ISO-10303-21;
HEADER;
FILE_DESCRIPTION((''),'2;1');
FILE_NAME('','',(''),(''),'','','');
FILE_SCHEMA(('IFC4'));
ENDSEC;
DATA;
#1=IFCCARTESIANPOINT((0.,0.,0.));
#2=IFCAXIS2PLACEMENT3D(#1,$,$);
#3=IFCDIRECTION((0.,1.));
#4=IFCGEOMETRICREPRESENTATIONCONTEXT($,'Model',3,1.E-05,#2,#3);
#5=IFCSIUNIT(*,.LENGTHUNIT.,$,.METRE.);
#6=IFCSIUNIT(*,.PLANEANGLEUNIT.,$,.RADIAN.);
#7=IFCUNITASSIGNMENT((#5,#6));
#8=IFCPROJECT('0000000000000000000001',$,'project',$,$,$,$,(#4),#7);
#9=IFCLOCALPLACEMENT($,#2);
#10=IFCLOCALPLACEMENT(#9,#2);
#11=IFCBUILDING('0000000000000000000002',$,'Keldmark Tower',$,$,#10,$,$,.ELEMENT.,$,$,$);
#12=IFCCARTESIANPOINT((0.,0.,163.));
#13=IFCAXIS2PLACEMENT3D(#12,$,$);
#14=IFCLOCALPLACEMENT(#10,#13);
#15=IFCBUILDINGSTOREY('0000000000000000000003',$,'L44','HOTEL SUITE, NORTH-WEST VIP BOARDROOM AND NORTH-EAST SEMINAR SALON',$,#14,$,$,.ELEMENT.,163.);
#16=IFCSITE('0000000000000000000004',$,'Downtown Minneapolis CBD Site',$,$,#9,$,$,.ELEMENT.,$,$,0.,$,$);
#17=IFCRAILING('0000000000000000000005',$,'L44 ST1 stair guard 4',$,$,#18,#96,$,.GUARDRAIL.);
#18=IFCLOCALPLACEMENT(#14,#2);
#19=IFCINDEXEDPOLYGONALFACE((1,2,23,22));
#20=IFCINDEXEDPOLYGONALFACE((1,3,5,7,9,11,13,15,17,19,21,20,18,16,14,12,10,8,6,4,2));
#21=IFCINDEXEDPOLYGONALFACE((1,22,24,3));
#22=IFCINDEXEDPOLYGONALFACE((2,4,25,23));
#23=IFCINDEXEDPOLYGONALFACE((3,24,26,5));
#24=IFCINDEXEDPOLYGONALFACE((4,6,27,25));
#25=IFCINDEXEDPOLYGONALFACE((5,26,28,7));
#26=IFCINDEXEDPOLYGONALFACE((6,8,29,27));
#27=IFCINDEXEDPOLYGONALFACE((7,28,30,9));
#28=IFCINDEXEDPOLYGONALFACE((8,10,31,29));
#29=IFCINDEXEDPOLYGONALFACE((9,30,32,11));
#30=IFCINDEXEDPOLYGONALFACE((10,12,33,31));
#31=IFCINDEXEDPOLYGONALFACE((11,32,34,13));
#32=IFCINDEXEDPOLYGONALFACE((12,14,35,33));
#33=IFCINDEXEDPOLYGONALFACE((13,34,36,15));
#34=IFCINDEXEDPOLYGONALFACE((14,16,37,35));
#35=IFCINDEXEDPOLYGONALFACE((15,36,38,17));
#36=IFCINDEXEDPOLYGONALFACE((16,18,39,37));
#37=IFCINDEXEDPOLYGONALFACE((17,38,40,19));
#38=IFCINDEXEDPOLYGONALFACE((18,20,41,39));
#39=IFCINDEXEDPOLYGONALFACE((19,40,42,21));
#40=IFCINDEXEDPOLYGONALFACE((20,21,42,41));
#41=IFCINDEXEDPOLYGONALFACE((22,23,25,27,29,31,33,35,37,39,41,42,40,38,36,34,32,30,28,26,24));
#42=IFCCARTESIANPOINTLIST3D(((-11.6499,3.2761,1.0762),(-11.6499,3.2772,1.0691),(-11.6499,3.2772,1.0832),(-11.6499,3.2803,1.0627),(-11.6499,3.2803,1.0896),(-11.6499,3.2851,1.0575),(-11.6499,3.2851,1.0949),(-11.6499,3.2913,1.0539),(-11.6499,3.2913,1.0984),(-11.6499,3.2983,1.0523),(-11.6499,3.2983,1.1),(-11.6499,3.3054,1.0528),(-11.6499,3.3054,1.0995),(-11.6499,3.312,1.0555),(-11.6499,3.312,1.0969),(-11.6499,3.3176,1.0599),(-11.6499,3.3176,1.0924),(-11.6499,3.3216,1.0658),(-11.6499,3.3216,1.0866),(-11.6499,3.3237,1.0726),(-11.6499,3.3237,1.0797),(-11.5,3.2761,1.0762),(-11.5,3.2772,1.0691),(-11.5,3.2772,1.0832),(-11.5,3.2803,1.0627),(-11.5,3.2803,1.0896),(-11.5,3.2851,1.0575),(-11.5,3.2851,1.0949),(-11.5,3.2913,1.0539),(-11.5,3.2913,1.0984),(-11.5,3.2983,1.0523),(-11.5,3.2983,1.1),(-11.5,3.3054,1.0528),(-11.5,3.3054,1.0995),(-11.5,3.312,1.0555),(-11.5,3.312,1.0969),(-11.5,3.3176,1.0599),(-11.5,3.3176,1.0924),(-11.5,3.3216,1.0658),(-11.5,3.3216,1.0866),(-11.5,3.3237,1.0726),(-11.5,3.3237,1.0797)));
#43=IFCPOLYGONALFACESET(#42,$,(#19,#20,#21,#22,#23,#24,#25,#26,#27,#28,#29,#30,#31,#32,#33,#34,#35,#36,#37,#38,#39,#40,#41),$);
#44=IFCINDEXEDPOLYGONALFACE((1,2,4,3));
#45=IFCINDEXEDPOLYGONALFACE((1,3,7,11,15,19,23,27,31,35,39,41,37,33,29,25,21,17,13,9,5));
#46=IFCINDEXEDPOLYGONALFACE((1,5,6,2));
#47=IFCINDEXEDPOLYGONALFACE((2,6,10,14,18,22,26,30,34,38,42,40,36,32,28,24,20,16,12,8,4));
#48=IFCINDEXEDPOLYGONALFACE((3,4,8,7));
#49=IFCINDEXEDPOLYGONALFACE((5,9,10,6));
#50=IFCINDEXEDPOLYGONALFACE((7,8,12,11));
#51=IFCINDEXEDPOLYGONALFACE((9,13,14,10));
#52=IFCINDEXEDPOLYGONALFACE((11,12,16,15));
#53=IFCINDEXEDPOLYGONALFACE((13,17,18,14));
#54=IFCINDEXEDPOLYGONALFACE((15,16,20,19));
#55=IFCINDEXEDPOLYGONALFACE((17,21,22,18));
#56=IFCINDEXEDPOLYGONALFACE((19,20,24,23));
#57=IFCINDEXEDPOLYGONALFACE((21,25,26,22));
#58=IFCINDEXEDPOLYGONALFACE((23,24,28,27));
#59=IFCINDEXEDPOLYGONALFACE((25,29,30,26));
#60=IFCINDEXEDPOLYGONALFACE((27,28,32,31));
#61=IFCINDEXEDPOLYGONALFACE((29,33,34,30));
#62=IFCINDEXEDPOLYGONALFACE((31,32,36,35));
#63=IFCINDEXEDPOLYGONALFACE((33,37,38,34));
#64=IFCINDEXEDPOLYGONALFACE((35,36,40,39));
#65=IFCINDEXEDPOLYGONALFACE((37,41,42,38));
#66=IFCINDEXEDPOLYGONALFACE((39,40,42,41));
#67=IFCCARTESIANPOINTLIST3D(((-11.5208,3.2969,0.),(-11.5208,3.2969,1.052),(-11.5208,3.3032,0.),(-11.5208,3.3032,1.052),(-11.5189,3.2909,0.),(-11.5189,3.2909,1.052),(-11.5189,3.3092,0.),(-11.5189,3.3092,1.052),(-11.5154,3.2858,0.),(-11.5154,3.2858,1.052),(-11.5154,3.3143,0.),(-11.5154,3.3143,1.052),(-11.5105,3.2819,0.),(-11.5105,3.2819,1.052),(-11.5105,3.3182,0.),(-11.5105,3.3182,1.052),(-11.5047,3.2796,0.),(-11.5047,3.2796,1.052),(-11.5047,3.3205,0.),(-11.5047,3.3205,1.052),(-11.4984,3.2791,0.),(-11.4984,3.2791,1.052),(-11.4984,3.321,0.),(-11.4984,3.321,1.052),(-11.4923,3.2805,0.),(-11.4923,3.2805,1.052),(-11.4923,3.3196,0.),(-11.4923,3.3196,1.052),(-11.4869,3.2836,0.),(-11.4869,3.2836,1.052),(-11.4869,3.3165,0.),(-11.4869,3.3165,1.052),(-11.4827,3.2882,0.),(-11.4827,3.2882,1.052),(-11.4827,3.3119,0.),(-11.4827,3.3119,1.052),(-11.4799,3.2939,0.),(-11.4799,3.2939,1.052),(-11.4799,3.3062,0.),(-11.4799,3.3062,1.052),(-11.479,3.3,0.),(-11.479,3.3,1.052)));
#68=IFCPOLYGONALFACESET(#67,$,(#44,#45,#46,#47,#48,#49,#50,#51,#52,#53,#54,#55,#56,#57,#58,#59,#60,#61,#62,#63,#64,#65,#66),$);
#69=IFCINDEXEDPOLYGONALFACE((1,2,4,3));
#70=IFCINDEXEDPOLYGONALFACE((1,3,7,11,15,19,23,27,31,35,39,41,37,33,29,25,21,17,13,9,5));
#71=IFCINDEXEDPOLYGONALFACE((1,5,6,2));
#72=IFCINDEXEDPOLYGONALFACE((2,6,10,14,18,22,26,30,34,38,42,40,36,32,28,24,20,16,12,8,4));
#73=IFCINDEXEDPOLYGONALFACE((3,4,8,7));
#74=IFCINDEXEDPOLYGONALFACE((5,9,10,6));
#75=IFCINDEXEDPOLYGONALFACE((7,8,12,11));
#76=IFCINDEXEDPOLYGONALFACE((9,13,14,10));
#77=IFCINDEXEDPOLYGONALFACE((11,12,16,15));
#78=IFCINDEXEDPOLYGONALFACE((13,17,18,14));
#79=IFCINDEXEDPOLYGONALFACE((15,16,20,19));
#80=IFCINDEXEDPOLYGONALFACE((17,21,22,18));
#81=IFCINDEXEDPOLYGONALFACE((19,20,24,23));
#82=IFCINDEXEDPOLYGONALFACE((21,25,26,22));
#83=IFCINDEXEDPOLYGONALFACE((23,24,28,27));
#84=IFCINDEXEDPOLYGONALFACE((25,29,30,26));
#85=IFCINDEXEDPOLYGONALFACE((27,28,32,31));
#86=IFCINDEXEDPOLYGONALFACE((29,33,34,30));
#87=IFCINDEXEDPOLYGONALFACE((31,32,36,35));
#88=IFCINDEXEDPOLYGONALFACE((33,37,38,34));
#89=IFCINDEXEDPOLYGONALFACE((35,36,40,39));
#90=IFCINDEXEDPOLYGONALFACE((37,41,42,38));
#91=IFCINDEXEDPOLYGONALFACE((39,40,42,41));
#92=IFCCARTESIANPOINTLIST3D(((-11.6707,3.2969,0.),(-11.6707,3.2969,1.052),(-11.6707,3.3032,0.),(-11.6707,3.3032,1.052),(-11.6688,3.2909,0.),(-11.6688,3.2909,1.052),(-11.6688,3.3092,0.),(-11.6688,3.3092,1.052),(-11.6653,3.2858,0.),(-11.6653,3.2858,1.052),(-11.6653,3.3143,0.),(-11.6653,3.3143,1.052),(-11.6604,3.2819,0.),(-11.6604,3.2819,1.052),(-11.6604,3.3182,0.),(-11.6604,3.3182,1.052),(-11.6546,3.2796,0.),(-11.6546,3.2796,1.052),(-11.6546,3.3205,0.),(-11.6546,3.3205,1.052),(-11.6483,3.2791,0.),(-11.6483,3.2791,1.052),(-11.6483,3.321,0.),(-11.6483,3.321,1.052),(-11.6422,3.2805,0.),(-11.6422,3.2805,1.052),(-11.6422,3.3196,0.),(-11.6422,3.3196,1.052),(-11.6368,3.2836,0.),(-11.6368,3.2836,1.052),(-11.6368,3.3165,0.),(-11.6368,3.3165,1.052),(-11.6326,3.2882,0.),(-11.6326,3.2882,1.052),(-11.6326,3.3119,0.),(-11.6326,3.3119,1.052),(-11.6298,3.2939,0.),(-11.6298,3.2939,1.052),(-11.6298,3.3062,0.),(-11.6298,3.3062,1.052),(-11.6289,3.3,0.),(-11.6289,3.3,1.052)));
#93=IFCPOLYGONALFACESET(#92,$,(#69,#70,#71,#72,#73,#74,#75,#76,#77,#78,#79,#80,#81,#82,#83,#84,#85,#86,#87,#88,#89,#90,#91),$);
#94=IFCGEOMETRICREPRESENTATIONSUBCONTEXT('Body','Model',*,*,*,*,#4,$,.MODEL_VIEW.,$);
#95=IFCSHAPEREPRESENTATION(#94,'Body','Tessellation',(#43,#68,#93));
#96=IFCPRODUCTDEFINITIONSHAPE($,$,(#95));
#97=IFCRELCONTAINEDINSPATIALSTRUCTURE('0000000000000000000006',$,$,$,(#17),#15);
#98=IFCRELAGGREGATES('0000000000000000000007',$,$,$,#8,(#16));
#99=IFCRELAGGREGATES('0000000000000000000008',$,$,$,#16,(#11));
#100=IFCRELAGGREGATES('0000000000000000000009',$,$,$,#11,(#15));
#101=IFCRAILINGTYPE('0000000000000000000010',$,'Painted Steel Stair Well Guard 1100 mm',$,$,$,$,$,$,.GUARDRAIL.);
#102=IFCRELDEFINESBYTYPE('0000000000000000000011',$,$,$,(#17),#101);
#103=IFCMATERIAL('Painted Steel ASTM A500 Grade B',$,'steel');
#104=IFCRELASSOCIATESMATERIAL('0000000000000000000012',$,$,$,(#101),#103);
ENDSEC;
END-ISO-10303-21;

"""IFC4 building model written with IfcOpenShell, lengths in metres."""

from ifc_helpers import new_model, si_unit, direction, frame, origin, origin_2d, place, context, subcontext, project, spatial, circle, extrude, material, type_object, element, save


model = new_model("IFC4")

# Units and contexts
model_context = context("Model", 3, precision=1e-05, world=origin(), true_north=direction((0.0, 1.0)))
body_context = subcontext(model_context, "Body", "Model", "MODEL_VIEW")
ifc_project = project(units=[si_unit("LENGTHUNIT", "METRE"), si_unit("PLANEANGLEUNIT", "RADIAN")], contexts=[model_context])

# Site, building, storey
site_placement = place(None, origin())
site = spatial("IfcSite", under=ifc_project, at=site_placement, Name="Downtown Minneapolis CBD Site", CompositionType="ELEMENT", RefElevation=0.0)
building_placement = place(site_placement, origin())
building = spatial("IfcBuilding", under=site, at=building_placement, Name="Keldmark Tower", CompositionType="ELEMENT")
storey_placement = place(building_placement, frame((0.0, 0.0, 163.0)))
storey = spatial("IfcBuildingStorey", under=building, at=storey_placement, Name="L44", Description="HOTEL SUITE, NORTH-WEST VIP BOARDROOM AND NORTH-EAST SEMINAR SALON", CompositionType="ELEMENT", Elevation=163.0)

# Railing
ifc_material_1 = material(Name="Painted Steel ASTM A500 Grade B", Category="steel")
railing_type_1 = type_object("IfcRailingType", Name="Painted Steel Stair Well Guard 1100 mm", PredefinedType="GUARDRAIL", material=ifc_material_1)
railing_1_placement = place(storey_placement, frame((-11.5, 3.3, 0.0)))
element("IfcRailing", 1, at=railing_1_placement, inside=storey, type_object=railing_type_1, Name="L44 ST1 stair guard 4", PredefinedType="GUARDRAIL", context=body_context, shape_type="SweptSolid", body=[
    extrude(circle(Radius=0.0239, at=origin_2d()), frame((0.0, 0.0, 1.0762), z_axis=(-1.0, 0.0, 0.0), x_axis=(0.0, -1.0, 0.0)), (0.0, 0.0, 1.0), 0.1499),
    extrude(circle(Radius=0.021, at=origin_2d()), origin(), (0.0, 0.0, 1.0), 1.052),
    extrude(circle(Radius=0.021, at=origin_2d()), frame((-0.1499, 0.0, 0.0)), (0.0, 0.0, 1.0), 1.052),
])

save(model, "model.ifc")
